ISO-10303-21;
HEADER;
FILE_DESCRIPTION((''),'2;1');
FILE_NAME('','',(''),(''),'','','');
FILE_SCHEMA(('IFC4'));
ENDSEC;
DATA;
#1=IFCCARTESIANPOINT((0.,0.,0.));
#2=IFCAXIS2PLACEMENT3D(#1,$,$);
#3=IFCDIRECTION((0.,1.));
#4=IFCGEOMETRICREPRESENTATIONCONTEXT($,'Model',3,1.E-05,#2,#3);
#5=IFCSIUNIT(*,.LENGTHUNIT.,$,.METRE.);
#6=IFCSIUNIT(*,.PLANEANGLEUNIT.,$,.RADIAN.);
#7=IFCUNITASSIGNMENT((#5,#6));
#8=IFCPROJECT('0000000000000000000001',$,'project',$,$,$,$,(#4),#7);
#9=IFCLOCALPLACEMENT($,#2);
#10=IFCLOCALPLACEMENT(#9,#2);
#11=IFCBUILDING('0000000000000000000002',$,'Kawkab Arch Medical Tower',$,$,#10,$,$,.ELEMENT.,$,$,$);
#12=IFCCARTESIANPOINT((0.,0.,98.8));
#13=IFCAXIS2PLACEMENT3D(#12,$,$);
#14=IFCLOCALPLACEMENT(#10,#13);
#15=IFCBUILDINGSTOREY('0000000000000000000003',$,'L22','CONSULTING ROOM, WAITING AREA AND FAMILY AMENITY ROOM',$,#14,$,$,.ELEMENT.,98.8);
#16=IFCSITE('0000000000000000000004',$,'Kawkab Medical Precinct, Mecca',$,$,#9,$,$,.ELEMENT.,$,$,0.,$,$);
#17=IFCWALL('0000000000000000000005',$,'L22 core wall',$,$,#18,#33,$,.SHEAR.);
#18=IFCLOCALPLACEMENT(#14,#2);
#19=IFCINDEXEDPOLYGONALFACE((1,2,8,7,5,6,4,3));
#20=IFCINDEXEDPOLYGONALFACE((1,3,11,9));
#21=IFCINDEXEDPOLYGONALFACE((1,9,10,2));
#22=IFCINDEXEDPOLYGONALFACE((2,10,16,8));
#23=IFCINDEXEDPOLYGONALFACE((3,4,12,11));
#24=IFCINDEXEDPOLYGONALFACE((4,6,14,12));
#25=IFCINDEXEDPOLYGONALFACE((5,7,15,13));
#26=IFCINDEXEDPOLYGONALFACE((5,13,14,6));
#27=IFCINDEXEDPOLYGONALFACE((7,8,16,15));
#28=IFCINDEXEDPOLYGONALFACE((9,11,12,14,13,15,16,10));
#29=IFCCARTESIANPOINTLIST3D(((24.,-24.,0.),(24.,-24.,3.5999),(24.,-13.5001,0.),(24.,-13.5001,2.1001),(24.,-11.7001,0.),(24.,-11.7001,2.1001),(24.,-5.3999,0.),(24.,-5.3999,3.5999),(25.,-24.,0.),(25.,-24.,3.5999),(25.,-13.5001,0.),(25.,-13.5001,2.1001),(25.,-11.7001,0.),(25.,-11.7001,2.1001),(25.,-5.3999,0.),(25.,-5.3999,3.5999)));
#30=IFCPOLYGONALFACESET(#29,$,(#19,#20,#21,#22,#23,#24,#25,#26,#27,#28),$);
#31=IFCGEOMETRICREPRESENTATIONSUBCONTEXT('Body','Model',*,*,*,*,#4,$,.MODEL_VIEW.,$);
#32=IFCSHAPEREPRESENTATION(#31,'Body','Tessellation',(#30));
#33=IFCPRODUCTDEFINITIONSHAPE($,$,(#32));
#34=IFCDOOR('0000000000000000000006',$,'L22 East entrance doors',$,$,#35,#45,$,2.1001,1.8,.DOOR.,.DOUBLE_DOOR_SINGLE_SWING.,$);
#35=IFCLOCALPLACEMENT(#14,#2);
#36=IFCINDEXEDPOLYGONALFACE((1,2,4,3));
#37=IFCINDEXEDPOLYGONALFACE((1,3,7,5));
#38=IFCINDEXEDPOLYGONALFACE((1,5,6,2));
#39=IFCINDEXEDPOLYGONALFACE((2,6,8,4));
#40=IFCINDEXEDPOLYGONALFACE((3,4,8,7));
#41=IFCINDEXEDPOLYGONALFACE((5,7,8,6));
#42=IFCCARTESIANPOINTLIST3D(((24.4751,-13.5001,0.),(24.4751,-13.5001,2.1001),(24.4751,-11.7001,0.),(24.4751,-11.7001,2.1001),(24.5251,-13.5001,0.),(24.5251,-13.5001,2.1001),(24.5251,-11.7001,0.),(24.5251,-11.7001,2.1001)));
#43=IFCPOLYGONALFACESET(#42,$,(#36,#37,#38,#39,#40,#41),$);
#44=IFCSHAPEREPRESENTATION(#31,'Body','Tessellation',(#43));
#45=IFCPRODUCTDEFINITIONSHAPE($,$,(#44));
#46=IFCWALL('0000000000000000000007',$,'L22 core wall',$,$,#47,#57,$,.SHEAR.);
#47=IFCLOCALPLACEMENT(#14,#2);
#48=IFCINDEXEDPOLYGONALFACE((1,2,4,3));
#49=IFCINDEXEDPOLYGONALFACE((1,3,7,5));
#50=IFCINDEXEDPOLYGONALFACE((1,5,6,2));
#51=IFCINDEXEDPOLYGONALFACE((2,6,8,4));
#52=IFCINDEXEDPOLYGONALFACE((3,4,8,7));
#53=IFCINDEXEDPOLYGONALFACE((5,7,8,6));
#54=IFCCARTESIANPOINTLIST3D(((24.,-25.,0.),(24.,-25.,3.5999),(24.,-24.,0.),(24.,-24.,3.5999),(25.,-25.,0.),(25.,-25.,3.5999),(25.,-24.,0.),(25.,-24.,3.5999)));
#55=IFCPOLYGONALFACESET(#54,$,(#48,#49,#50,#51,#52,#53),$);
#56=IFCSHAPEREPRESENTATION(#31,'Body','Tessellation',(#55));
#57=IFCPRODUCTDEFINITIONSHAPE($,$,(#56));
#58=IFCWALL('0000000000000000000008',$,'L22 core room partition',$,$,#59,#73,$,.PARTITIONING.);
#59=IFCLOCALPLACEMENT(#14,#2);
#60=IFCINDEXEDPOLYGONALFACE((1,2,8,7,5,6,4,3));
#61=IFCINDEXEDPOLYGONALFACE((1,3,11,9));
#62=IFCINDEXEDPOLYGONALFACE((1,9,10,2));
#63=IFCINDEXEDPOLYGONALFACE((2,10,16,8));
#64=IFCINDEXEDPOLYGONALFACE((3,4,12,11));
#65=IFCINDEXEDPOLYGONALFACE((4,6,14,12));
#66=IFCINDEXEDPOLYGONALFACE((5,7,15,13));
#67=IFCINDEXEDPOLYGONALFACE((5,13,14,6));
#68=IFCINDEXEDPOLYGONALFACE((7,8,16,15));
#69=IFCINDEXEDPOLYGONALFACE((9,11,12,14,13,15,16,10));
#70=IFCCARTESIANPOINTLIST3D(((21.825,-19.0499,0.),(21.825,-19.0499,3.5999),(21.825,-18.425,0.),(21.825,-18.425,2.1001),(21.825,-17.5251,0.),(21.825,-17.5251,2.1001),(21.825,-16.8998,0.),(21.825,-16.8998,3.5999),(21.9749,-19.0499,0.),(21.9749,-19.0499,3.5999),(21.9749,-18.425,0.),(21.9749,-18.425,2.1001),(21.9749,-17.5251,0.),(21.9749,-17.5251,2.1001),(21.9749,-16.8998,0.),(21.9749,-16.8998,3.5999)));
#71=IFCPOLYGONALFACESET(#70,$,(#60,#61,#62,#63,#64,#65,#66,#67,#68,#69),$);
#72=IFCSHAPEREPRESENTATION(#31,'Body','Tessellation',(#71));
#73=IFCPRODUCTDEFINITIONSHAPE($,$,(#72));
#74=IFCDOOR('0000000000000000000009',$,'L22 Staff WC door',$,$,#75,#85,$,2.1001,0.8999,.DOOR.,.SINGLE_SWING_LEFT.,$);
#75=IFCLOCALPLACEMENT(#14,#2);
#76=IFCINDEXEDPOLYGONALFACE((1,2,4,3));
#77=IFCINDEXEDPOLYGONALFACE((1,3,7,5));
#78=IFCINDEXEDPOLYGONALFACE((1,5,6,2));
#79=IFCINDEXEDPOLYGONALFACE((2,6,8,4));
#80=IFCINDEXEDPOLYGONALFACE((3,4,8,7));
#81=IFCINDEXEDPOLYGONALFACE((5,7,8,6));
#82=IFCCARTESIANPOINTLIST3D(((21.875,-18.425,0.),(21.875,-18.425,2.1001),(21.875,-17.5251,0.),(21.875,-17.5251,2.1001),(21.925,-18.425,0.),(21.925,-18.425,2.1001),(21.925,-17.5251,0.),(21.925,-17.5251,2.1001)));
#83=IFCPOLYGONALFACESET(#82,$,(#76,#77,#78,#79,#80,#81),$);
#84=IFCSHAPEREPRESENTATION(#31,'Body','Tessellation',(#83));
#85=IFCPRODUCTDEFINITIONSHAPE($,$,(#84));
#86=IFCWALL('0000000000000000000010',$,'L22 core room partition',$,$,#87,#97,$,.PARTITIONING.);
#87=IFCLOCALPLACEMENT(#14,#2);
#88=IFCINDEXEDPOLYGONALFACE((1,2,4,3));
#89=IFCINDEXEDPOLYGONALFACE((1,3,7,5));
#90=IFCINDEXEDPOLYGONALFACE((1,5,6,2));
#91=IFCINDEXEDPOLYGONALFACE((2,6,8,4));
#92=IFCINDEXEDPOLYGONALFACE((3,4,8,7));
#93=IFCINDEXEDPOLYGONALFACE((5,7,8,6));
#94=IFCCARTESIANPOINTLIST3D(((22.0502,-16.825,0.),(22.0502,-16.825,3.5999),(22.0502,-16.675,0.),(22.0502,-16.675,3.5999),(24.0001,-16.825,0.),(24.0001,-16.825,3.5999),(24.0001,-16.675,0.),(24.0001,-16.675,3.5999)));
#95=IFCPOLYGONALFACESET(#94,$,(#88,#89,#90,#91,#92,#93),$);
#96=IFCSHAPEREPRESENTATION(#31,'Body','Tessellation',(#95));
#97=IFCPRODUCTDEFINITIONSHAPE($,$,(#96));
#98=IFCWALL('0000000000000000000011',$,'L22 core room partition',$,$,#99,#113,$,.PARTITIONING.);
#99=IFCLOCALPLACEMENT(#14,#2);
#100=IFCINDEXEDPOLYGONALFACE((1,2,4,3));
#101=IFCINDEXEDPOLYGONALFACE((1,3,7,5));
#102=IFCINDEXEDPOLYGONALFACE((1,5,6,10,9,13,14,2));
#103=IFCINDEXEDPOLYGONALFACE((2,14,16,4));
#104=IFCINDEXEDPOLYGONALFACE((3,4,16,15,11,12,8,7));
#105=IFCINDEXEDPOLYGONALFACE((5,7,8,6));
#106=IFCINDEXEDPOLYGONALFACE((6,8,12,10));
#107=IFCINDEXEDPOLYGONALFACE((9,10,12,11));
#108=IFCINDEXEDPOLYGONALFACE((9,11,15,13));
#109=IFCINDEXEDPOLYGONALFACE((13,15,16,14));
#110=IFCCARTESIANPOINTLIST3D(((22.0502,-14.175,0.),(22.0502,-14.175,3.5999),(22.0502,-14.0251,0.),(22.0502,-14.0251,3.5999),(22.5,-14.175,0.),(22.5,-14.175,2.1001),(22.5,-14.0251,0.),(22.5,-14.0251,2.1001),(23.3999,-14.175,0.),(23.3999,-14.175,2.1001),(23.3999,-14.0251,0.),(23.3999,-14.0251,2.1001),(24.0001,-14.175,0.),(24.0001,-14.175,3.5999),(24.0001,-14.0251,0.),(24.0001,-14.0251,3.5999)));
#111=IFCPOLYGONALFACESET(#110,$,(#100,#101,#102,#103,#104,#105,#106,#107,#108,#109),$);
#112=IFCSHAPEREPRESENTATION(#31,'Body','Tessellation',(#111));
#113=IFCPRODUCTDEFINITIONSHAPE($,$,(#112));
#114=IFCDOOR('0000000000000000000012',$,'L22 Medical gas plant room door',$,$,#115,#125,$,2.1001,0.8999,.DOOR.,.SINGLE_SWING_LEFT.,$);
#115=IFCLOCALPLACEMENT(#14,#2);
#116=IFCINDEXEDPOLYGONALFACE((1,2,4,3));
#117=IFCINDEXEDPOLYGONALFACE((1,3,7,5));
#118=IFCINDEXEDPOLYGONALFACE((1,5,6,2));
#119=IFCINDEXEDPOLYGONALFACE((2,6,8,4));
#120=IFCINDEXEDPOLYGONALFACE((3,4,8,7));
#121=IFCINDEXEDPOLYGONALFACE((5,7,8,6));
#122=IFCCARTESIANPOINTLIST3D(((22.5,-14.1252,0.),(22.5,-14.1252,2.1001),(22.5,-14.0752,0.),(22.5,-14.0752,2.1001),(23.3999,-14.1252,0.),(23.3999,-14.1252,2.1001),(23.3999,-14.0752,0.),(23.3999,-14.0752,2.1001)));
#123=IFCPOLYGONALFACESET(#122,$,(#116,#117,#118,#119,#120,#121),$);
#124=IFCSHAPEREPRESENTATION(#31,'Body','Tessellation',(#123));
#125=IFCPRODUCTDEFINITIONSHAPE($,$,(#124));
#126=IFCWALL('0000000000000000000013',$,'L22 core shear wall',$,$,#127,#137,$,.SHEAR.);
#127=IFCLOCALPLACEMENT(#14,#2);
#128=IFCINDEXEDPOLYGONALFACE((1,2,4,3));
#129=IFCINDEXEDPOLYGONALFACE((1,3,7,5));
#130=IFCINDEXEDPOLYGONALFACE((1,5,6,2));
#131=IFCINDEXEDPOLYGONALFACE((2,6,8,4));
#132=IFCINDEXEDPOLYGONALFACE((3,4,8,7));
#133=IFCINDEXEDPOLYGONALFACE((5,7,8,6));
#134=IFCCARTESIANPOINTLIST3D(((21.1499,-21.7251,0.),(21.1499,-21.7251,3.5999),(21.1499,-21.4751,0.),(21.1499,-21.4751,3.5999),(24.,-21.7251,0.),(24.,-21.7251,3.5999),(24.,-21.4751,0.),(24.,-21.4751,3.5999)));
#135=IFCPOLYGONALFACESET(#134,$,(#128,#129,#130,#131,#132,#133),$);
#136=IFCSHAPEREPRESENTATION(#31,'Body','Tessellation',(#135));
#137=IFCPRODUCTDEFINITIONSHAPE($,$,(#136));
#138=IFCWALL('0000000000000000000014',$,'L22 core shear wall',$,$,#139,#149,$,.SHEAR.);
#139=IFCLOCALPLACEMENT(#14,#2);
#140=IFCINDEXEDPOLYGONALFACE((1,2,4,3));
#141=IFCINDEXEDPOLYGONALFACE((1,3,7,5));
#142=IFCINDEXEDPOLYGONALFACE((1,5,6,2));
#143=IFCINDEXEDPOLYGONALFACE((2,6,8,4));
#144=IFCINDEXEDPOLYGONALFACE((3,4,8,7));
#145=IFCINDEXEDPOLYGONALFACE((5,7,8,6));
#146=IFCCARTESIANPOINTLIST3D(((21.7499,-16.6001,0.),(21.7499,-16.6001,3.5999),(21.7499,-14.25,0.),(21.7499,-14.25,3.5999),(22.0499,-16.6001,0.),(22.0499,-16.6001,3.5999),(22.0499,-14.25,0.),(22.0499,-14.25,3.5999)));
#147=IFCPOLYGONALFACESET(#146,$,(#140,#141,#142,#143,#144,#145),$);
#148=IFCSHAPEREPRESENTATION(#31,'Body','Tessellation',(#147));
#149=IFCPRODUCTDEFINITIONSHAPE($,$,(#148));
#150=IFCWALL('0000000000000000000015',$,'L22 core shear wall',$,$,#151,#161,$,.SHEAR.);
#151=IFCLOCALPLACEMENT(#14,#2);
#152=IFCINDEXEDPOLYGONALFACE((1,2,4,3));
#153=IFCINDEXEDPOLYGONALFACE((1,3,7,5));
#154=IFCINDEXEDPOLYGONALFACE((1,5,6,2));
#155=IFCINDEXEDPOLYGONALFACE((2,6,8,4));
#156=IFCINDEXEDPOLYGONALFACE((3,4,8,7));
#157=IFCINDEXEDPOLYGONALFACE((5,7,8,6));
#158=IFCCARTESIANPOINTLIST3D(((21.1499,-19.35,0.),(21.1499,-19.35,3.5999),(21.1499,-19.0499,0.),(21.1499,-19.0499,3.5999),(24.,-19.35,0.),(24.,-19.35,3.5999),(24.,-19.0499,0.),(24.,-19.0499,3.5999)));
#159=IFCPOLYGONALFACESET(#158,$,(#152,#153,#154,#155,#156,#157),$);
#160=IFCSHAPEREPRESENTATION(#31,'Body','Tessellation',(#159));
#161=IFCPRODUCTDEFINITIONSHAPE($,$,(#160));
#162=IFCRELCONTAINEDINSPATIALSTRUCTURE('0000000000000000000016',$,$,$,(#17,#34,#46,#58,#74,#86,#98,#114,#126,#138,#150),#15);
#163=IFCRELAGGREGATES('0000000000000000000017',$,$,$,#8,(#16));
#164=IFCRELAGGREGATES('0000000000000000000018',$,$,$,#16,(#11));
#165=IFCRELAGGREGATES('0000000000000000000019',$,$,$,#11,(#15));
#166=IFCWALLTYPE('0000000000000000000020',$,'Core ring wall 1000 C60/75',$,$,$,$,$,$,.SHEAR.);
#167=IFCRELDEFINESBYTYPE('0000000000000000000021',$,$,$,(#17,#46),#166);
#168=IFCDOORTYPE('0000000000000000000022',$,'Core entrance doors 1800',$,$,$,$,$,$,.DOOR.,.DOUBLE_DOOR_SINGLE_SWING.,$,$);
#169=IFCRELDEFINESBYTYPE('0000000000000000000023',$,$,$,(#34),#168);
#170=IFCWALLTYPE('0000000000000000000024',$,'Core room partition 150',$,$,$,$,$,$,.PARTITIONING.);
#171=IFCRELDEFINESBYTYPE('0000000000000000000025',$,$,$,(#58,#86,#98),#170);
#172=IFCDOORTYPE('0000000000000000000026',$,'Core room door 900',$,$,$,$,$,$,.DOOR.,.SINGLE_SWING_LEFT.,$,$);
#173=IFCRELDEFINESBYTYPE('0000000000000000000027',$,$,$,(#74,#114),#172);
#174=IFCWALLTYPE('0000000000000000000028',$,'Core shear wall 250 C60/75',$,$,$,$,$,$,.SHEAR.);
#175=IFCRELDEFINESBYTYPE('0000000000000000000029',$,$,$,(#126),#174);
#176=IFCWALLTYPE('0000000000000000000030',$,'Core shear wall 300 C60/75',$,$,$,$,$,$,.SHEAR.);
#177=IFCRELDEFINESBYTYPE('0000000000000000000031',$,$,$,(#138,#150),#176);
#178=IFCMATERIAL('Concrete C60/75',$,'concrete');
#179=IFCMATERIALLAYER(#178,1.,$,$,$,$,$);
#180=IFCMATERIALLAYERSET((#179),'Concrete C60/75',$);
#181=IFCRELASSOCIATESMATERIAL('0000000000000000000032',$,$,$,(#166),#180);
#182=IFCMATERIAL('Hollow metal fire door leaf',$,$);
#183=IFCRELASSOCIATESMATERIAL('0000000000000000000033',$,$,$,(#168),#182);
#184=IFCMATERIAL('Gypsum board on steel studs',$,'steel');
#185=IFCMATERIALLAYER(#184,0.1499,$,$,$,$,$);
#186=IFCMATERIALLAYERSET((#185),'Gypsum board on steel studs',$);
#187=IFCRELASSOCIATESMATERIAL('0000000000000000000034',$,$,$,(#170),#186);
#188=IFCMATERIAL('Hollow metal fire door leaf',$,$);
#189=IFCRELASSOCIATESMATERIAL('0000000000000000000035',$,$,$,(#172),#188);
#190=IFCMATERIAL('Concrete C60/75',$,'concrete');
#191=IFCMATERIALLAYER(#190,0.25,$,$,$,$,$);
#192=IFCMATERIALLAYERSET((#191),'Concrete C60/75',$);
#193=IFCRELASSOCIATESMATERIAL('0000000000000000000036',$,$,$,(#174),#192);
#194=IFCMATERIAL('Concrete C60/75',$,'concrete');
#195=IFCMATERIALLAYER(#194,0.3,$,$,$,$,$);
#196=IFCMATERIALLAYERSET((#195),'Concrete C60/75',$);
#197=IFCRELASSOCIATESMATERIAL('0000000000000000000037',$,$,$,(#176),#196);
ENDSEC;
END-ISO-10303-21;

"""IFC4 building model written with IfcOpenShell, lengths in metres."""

from ifc_helpers import new_model, si_unit, direction, frame, frame_2d, origin, place, context, subcontext, project, spatial, rectangle, extrude, material, layer, layer_set, type_object, element, fill, save


model = new_model("IFC4")

# Units and contexts
model_context = context("Model", 3, precision=1e-05, world=origin(), true_north=direction((0.0, 1.0)))
body_context = subcontext(model_context, "Body", "Model", "MODEL_VIEW")
ifc_project = project(units=[si_unit("LENGTHUNIT", "METRE"), si_unit("PLANEANGLEUNIT", "RADIAN")], contexts=[model_context])

# Site, building, storey
site_placement = place(None, origin())
site = spatial("IfcSite", under=ifc_project, at=site_placement, Name="Kawkab Medical Precinct, Mecca", CompositionType="ELEMENT", RefElevation=0.0)
building_placement = place(site_placement, origin())
building = spatial("IfcBuilding", under=site, at=building_placement, Name="Kawkab Arch Medical Tower", CompositionType="ELEMENT")
storey_placement = place(building_placement, frame((0.0, 0.0, 98.8)))
storey = spatial("IfcBuildingStorey", under=building, at=storey_placement, Name="L22", Description="CONSULTING ROOM, WAITING AREA AND FAMILY AMENITY ROOM", CompositionType="ELEMENT", Elevation=98.8)

# Wall, opening, door
ifc_material_1 = material(Name="Concrete C60/75", Category="concrete")
ifc_layer_1 = layer(ifc_material_1, 1.0)
ifc_layer_set_1 = layer_set([ifc_layer_1], Name="Concrete C60/75")
wall_type_1 = type_object("IfcWallType", Name="Core ring wall 1000 C60/75", PredefinedType="SHEAR", material=ifc_layer_set_1)
wall_1_placement = place(storey_placement, frame((24.5, -24.0, 0.0), z_axis=(0.0, 0.0, 1.0), x_axis=(0.0, 1.0, 0.0)))
wall_1 = element("IfcWall", 1, at=wall_1_placement, inside=storey, type_object=wall_type_1, Name="L22 core wall", PredefinedType="SHEAR", context=body_context, shape_type="SweptSolid", body=[
    extrude(rectangle(XDim=18.6001, YDim=1.0, at=frame_2d((9.3, 0.0))), origin(), (0.0, 0.0, 1.0), 3.5999),
])
opening_1_placement = place(wall_1_placement, frame((10.5, 0.0, 0.0)))
opening_1 = element("IfcOpeningElement", 2, at=opening_1_placement, cuts=wall_1, PredefinedType="OPENING", context=body_context, shape_type="SweptSolid", body=[
    extrude(rectangle(XDim=1.8, YDim=2.1001, at=frame_2d((0.8999, 1.05))), frame((0.0, 0.51, 0.0), z_axis=(0.0, -1.0, 0.0), x_axis=(1.0, 0.0, 0.0)), (0.0, 0.0, 1.0), 1.02),
])
ifc_material_2 = material(Name="Hollow metal fire door leaf")
door_type_1 = type_object("IfcDoorType", Name="Core entrance doors 1800", OperationType="DOUBLE_DOOR_SINGLE_SWING", PredefinedType="DOOR", material=ifc_material_2)
door_1_placement = place(opening_1_placement, origin())
door_1 = element("IfcDoor", 3, at=door_1_placement, inside=storey, type_object=door_type_1, Name="L22 East entrance doors", OperationType="DOUBLE_DOOR_SINGLE_SWING", OverallHeight=2.1001, OverallWidth=1.8, PredefinedType="DOOR", context=body_context, shape_type="SweptSolid", body=[
    extrude(rectangle(XDim=1.8, YDim=2.1001, at=frame_2d((0.8999, 1.05))), frame((0.0, 0.0249, 0.0), z_axis=(0.0, -1.0, 0.0), x_axis=(1.0, 0.0, 0.0)), (0.0, 0.0, 1.0), 0.05),
])
fill(opening_1, door_1)

# Wall
wall_2_placement = place(storey_placement, frame((24.5, -25.0, 0.0), z_axis=(0.0, 0.0, 1.0), x_axis=(0.0, 1.0, 0.0)))
element("IfcWall", 4, at=wall_2_placement, inside=storey, type_object=wall_type_1, Name="L22 core wall", PredefinedType="SHEAR", context=body_context, shape_type="SweptSolid", body=[
    extrude(rectangle(XDim=1.0, YDim=1.0, at=frame_2d((0.5, 0.0))), origin(), (0.0, 0.0, 1.0), 3.5999),
])

# Wall, opening, door
ifc_material_3 = material(Name="Gypsum board on steel studs", Category="steel")
ifc_layer_2 = layer(ifc_material_3, 0.1499)
ifc_layer_set_2 = layer_set([ifc_layer_2], Name="Gypsum board on steel studs")
wall_type_2 = type_object("IfcWallType", Name="Core room partition 150", PredefinedType="PARTITIONING", material=ifc_layer_set_2)
wall_3_placement = place(storey_placement, frame((21.8999, -19.05, 0.0), z_axis=(0.0, 0.0, 1.0), x_axis=(0.0, 1.0, 0.0)))
wall_3 = element("IfcWall", 5, at=wall_3_placement, inside=storey, type_object=wall_type_2, Name="L22 core room partition", PredefinedType="PARTITIONING", context=body_context, shape_type="SweptSolid", body=[
    extrude(rectangle(XDim=2.1501, YDim=0.1499, at=frame_2d((1.0752, 0.0))), origin(), (0.0, 0.0, 1.0), 3.5999),
])
opening_2_placement = place(wall_3_placement, frame((0.625, 0.0, 0.0)))
opening_2 = element("IfcOpeningElement", 6, at=opening_2_placement, cuts=wall_3, PredefinedType="OPENING", context=body_context, shape_type="SweptSolid", body=[
    extrude(rectangle(XDim=0.8999, YDim=2.1001, at=frame_2d((0.45, 1.05))), frame((0.0, 0.085, 0.0), z_axis=(0.0, -1.0, 0.0), x_axis=(1.0, 0.0, 0.0)), (0.0, 0.0, 1.0), 0.1699),
])
ifc_material_4 = material(Name="Hollow metal fire door leaf")
door_type_2 = type_object("IfcDoorType", Name="Core room door 900", OperationType="SINGLE_SWING_LEFT", PredefinedType="DOOR", material=ifc_material_4)
door_2_placement = place(opening_2_placement, origin())
door_2 = element("IfcDoor", 7, at=door_2_placement, inside=storey, type_object=door_type_2, Name="L22 Staff WC door", OperationType="SINGLE_SWING_LEFT", OverallHeight=2.1001, OverallWidth=0.8999, PredefinedType="DOOR", context=body_context, shape_type="SweptSolid", body=[
    extrude(rectangle(XDim=0.8999, YDim=2.1001, at=frame_2d((0.45, 1.05))), frame((0.0, 0.0249, 0.0), z_axis=(0.0, -1.0, 0.0), x_axis=(1.0, 0.0, 0.0)), (0.0, 0.0, 1.0), 0.05),
])
fill(opening_2, door_2)

# Wall
wall_4_placement = place(storey_placement, frame((22.05, -16.75, 0.0), z_axis=(0.0, 0.0, 1.0), x_axis=(1.0, 0.0, 0.0)))
element("IfcWall", 8, at=wall_4_placement, inside=storey, type_object=wall_type_2, Name="L22 core room partition", PredefinedType="PARTITIONING", context=body_context, shape_type="SweptSolid", body=[
    extrude(rectangle(XDim=1.95, YDim=0.1499, at=frame_2d((0.9751, 0.0))), origin(), (0.0, 0.0, 1.0), 3.5999),
])

# Wall, opening, door
wall_5_placement = place(storey_placement, frame((22.05, -14.1001, 0.0), z_axis=(0.0, 0.0, 1.0), x_axis=(1.0, 0.0, 0.0)))
wall_5 = element("IfcWall", 9, at=wall_5_placement, inside=storey, type_object=wall_type_2, Name="L22 core room partition", PredefinedType="PARTITIONING", context=body_context, shape_type="SweptSolid", body=[
    extrude(rectangle(XDim=1.95, YDim=0.1499, at=frame_2d((0.9751, 0.0))), origin(), (0.0, 0.0, 1.0), 3.5999),
])
opening_3_placement = place(wall_5_placement, frame((0.45, 0.0, 0.0)))
opening_3 = element("IfcOpeningElement", 10, at=opening_3_placement, cuts=wall_5, PredefinedType="OPENING", context=body_context, shape_type="SweptSolid", body=[
    extrude(rectangle(XDim=0.8999, YDim=2.1001, at=frame_2d((0.45, 1.05))), frame((0.0, 0.085, 0.0), z_axis=(0.0, -1.0, 0.0), x_axis=(1.0, 0.0, 0.0)), (0.0, 0.0, 1.0), 0.1699),
])
door_3_placement = place(opening_3_placement, origin())
door_3 = element("IfcDoor", 11, at=door_3_placement, inside=storey, type_object=door_type_2, Name="L22 Medical gas plant room door", OperationType="SINGLE_SWING_LEFT", OverallHeight=2.1001, OverallWidth=0.8999, PredefinedType="DOOR", context=body_context, shape_type="SweptSolid", body=[
    extrude(rectangle(XDim=0.8999, YDim=2.1001, at=frame_2d((0.45, 1.05))), frame((0.0, 0.0249, 0.0), z_axis=(0.0, -1.0, 0.0), x_axis=(1.0, 0.0, 0.0)), (0.0, 0.0, 1.0), 0.05),
])
fill(opening_3, door_3)

# Walls
ifc_material_5 = material(Name="Concrete C60/75", Category="concrete")
ifc_layer_3 = layer(ifc_material_5, 0.25)
ifc_layer_set_3 = layer_set([ifc_layer_3], Name="Concrete C60/75")
wall_type_3 = type_object("IfcWallType", Name="Core shear wall 250 C60/75", PredefinedType="SHEAR", material=ifc_layer_set_3)
wall_6_placement = place(storey_placement, frame((21.1499, -21.6001, 0.0), z_axis=(0.0, 0.0, 1.0), x_axis=(1.0, 0.0, 0.0)))
element("IfcWall", 12, at=wall_6_placement, inside=storey, type_object=wall_type_3, Name="L22 core shear wall", PredefinedType="SHEAR", context=body_context, shape_type="SweptSolid", body=[
    extrude(rectangle(XDim=2.8501, YDim=0.25, at=frame_2d((1.425, 0.0))), origin(), (0.0, 0.0, 1.0), 3.5999),
])
ifc_material_6 = material(Name="Concrete C60/75", Category="concrete")
ifc_layer_4 = layer(ifc_material_6, 0.3)
ifc_layer_set_4 = layer_set([ifc_layer_4], Name="Concrete C60/75")
wall_type_4 = type_object("IfcWallType", Name="Core shear wall 300 C60/75", PredefinedType="SHEAR", material=ifc_layer_set_4)
wall_7_placement = place(storey_placement, frame((21.8999, -16.6001, 0.0), z_axis=(0.0, 0.0, 1.0), x_axis=(0.0, 1.0, 0.0)))
element("IfcWall", 13, at=wall_7_placement, inside=storey, type_object=wall_type_4, Name="L22 core shear wall", PredefinedType="SHEAR", context=body_context, shape_type="SweptSolid", body=[
    extrude(rectangle(XDim=2.3501, YDim=0.3, at=frame_2d((1.175, 0.0))), origin(), (0.0, 0.0, 1.0), 3.5999),
])
wall_8_placement = place(storey_placement, frame((21.1499, -19.2, 0.0), z_axis=(0.0, 0.0, 1.0), x_axis=(1.0, 0.0, 0.0)))
element("IfcWall", 14, at=wall_8_placement, inside=storey, type_object=wall_type_4, Name="L22 core shear wall", PredefinedType="SHEAR", context=body_context, shape_type="SweptSolid", body=[
    extrude(rectangle(XDim=2.8501, YDim=0.3, at=frame_2d((1.425, 0.0))), origin(), (0.0, 0.0, 1.0), 3.5999),
])

save(model, "model.ifc")
